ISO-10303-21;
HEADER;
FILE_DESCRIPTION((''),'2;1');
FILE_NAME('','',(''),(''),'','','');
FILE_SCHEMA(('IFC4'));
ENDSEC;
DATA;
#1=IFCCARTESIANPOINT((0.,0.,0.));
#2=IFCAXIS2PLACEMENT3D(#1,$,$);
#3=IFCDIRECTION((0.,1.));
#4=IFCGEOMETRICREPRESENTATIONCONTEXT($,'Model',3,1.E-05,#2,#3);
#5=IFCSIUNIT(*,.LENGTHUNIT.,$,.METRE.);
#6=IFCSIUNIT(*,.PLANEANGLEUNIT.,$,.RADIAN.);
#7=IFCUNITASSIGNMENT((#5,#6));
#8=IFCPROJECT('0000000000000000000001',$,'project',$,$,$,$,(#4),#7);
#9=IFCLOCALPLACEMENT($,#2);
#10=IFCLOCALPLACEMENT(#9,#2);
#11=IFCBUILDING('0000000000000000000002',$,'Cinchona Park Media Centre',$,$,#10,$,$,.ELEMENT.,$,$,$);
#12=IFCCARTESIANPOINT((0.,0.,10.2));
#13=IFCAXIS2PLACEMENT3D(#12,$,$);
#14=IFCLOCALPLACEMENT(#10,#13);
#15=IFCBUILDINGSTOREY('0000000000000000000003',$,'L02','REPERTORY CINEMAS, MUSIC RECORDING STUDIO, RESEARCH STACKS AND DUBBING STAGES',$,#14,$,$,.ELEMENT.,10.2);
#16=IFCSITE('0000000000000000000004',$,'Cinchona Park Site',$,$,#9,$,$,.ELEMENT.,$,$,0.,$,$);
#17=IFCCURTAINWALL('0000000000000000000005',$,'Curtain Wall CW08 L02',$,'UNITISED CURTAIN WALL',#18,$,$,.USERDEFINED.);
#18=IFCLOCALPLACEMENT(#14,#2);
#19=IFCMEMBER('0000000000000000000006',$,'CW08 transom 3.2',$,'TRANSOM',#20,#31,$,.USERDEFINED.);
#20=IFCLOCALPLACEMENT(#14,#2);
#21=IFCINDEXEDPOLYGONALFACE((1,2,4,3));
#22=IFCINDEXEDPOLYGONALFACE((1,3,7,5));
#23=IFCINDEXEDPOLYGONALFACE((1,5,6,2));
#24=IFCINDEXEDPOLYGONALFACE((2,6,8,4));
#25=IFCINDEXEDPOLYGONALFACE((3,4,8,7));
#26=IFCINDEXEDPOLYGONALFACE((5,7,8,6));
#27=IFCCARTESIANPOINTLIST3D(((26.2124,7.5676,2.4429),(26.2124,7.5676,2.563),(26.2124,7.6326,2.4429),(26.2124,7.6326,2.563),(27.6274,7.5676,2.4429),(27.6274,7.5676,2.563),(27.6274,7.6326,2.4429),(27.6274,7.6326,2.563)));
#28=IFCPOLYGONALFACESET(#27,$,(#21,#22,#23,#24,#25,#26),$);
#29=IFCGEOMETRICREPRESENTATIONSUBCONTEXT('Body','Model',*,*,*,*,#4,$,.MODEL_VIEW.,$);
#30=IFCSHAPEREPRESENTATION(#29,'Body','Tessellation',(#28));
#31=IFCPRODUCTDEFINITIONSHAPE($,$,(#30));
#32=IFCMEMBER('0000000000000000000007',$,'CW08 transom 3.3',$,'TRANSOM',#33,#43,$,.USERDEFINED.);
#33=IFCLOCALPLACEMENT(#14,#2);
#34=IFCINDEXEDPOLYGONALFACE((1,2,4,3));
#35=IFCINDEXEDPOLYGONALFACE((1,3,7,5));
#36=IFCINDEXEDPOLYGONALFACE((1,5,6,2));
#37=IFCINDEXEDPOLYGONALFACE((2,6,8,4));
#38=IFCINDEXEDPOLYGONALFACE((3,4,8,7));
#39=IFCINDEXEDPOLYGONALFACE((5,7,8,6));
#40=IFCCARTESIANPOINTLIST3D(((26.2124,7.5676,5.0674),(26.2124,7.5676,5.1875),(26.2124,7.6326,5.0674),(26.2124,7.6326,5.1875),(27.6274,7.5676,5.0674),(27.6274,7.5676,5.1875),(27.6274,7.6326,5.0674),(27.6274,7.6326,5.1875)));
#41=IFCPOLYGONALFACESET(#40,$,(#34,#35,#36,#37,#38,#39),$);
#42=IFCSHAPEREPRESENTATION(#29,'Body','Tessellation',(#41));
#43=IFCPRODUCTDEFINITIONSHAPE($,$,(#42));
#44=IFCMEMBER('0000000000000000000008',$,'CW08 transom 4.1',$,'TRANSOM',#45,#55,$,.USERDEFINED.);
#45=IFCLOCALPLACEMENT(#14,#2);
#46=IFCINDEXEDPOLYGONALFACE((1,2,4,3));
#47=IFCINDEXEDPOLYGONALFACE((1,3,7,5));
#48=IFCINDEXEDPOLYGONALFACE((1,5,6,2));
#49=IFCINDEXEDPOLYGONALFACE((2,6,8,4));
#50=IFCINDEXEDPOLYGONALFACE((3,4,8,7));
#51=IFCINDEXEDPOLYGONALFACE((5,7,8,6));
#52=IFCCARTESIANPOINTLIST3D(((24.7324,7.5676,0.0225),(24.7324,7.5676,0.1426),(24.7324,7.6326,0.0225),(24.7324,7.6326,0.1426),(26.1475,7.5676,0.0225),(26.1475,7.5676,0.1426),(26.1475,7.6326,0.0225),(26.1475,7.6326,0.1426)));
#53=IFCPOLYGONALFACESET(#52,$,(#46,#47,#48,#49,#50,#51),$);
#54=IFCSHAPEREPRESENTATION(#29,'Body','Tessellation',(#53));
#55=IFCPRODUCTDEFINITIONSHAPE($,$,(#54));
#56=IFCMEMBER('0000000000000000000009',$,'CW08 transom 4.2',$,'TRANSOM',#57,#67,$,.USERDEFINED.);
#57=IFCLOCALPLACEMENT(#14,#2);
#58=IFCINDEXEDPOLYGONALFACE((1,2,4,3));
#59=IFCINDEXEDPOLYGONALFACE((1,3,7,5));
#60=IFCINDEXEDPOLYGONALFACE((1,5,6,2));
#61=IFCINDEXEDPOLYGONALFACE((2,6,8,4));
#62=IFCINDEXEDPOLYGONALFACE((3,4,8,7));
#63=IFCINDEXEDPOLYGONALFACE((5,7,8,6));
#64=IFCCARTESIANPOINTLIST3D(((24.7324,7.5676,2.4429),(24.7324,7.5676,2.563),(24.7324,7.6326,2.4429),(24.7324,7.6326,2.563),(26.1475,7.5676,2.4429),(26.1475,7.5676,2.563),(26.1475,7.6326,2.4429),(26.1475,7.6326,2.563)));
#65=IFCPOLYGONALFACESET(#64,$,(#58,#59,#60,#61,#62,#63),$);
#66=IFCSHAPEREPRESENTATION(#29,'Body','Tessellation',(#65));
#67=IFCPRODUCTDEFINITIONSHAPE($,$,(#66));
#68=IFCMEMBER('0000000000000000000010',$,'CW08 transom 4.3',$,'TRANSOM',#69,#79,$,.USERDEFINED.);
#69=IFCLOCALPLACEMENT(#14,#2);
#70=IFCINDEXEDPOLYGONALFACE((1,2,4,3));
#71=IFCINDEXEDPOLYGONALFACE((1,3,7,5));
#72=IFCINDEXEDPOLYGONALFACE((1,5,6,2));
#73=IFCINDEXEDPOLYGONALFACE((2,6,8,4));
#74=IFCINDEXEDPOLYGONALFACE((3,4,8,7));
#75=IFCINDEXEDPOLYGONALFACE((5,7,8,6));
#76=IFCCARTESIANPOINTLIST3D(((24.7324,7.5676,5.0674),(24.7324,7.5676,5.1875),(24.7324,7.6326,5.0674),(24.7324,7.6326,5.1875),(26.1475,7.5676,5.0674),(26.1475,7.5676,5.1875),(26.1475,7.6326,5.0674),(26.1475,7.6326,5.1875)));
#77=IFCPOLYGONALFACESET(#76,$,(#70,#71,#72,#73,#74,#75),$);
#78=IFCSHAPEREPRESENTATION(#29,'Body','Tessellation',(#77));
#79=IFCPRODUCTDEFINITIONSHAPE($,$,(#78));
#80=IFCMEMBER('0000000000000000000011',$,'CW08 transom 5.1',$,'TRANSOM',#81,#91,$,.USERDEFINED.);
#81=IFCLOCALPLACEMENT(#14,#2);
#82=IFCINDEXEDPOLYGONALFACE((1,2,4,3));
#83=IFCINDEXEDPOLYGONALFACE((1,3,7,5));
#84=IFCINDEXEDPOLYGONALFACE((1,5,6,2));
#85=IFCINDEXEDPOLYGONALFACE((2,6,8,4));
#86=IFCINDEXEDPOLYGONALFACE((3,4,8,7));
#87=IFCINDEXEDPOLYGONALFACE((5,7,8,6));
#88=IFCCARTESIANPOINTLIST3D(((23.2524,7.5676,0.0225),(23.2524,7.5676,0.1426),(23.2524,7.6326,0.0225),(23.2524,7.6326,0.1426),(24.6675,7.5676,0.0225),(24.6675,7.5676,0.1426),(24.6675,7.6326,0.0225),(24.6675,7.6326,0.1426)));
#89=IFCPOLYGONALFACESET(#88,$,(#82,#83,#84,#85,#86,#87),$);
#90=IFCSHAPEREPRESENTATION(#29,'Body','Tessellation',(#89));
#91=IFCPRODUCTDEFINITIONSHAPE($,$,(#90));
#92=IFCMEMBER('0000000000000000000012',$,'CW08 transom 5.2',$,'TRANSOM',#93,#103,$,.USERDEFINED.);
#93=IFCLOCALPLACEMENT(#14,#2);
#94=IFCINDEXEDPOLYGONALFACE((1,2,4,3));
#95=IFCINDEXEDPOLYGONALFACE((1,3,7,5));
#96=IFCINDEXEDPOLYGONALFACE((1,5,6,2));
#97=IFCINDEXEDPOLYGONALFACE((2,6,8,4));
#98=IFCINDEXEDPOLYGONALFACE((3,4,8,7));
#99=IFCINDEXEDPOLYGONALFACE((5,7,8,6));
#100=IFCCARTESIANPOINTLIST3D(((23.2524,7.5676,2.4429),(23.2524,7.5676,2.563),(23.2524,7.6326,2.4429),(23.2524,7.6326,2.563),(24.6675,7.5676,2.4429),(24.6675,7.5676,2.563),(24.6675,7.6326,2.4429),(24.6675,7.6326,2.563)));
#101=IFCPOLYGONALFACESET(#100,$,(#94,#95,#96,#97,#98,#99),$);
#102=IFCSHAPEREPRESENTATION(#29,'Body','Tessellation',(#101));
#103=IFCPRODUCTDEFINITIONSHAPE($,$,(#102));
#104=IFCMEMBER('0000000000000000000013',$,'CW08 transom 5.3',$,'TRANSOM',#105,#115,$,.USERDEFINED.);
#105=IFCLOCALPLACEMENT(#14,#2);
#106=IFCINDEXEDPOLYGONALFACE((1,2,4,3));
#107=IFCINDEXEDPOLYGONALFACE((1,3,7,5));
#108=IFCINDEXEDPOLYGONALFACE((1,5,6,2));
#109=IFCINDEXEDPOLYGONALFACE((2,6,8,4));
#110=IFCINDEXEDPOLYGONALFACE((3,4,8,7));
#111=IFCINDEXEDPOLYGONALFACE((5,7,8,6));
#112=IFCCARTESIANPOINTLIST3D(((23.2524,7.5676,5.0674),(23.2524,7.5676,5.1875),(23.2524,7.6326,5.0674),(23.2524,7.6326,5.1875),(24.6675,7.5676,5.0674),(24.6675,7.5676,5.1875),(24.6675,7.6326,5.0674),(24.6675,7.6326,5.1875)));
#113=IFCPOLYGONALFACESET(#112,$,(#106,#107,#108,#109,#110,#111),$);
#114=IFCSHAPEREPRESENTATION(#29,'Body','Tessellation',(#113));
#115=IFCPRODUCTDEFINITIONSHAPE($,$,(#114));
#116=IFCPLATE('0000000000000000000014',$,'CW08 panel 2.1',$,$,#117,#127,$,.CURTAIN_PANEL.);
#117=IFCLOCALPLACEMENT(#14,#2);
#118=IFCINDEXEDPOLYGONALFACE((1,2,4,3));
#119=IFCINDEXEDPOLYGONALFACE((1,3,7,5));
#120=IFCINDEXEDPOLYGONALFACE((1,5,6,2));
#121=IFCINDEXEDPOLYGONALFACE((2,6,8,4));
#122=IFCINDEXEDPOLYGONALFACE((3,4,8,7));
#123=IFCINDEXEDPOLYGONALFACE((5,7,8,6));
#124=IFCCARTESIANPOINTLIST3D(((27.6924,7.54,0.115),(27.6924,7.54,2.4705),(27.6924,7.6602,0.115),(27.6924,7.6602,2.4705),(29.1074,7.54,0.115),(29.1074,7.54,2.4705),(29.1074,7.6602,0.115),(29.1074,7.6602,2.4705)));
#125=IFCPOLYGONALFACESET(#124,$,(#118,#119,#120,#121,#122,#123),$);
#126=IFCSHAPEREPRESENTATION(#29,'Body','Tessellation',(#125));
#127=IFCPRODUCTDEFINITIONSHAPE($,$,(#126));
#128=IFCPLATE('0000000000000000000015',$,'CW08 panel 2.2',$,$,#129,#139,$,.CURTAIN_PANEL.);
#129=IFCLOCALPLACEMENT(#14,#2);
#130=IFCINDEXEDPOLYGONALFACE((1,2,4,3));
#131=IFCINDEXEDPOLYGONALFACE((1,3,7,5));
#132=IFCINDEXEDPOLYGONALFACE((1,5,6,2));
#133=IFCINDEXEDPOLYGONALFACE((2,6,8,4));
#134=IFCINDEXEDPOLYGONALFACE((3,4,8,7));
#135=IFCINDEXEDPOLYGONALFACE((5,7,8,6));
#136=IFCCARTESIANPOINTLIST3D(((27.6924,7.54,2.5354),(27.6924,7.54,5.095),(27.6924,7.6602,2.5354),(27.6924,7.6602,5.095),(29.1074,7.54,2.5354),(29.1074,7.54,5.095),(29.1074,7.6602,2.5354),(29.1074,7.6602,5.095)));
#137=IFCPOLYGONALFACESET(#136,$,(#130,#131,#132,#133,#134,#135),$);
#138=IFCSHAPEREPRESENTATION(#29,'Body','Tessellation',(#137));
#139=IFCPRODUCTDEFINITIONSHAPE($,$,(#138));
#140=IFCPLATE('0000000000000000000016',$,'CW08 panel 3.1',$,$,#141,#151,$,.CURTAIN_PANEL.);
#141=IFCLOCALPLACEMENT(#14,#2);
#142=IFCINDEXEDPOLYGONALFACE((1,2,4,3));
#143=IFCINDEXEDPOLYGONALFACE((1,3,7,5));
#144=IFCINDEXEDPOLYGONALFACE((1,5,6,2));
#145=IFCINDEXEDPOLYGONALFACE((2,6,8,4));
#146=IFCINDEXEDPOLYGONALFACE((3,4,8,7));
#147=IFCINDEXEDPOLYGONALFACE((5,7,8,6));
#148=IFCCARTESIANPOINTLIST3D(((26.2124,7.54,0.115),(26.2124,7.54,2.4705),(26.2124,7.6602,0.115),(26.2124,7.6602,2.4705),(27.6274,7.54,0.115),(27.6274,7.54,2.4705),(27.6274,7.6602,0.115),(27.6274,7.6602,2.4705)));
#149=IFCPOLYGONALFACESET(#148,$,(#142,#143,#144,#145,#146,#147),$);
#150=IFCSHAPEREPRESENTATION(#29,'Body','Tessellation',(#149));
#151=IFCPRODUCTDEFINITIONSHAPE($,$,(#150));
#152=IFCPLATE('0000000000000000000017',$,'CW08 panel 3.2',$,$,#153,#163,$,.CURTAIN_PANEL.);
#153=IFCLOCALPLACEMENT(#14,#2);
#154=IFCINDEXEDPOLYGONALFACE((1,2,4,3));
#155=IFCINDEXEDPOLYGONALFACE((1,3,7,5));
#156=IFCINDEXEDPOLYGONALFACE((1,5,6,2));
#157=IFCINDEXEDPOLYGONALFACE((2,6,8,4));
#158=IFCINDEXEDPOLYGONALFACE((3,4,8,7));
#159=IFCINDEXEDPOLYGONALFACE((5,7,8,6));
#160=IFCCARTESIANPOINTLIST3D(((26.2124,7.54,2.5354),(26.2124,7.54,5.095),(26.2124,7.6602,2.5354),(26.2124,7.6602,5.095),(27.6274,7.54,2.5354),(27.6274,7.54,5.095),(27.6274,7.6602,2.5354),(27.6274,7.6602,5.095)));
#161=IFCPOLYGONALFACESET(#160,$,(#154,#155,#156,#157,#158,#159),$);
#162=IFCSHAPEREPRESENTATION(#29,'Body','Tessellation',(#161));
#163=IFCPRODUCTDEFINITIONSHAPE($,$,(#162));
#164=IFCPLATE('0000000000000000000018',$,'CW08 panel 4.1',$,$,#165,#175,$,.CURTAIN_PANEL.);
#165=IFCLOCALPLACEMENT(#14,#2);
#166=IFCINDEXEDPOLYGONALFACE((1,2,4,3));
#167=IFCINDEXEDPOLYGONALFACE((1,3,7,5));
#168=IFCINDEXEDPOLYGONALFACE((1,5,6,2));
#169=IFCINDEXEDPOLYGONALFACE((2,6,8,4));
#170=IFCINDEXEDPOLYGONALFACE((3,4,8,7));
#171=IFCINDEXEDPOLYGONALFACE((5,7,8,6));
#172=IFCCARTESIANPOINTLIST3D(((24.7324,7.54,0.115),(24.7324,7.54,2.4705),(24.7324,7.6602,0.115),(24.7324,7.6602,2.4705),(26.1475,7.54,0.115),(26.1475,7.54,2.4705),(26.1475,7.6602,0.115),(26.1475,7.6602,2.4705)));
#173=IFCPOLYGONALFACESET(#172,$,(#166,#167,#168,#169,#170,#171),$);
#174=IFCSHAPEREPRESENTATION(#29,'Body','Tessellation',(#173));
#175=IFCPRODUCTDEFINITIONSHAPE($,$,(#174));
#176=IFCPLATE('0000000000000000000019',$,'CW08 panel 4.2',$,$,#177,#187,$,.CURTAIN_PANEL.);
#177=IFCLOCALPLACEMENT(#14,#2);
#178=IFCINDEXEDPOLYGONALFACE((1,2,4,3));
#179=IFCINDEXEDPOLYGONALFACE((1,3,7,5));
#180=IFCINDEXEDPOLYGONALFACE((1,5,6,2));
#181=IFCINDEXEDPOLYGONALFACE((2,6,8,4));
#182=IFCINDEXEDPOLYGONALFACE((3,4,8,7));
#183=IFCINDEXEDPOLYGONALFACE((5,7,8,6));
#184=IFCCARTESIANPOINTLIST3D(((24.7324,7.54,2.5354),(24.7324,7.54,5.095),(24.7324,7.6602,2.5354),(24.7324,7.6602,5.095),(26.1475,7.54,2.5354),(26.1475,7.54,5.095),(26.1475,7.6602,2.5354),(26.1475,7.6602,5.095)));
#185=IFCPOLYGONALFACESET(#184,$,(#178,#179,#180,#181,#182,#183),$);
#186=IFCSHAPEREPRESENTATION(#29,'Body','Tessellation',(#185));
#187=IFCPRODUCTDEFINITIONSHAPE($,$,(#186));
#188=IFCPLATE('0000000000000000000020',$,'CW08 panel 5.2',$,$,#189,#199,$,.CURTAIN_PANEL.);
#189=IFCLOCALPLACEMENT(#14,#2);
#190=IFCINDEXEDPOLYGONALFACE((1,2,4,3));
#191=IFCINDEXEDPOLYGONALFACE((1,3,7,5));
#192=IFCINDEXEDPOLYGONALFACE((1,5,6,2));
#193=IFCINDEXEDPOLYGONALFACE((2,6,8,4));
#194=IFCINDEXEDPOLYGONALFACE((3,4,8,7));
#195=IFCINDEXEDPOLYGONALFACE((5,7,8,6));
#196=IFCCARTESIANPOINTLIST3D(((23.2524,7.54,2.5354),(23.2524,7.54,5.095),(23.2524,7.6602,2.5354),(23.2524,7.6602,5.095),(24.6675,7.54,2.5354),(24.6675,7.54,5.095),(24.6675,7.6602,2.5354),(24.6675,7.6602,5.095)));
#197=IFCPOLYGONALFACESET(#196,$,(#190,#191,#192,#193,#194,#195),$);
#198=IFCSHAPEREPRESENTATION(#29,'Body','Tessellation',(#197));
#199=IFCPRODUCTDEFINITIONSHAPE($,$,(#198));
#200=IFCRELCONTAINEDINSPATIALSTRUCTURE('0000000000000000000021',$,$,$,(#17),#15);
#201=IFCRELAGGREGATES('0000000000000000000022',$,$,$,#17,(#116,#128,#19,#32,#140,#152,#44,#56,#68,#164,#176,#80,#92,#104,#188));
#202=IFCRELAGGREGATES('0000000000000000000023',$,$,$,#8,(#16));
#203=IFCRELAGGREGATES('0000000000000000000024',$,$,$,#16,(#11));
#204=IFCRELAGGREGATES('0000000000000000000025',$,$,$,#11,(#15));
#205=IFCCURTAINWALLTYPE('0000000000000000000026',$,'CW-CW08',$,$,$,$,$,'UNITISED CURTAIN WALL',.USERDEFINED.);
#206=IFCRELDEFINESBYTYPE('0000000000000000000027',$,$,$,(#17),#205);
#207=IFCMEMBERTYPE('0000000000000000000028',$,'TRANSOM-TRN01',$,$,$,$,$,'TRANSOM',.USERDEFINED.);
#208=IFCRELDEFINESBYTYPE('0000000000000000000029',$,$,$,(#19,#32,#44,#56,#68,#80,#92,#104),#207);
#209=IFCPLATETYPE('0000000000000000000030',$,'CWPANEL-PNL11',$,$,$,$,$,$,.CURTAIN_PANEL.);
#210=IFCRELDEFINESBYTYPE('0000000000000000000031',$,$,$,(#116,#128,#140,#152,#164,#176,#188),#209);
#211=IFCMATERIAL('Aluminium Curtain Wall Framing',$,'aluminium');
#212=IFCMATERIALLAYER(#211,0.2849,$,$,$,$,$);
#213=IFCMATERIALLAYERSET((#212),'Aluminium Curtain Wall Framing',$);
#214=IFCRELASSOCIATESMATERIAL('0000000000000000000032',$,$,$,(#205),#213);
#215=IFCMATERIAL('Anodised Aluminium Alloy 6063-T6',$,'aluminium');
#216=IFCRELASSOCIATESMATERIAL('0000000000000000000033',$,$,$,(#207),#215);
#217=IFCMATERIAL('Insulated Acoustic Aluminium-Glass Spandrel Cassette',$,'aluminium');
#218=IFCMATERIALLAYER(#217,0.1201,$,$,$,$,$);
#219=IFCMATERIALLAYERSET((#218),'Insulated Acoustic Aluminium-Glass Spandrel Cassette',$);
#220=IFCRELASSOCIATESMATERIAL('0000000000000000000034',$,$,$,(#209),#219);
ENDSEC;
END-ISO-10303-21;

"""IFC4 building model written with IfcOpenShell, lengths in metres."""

from ifc_helpers import new_model, si_unit, direction, frame, origin, origin_2d, place, context, subcontext, project, spatial, rectangle, extrude, material, layer, layer_set, material_profile, profile_set, type_object, element, aggregate, save


model = new_model("IFC4")

# Units and contexts
model_context = context("Model", 3, precision=1e-05, world=origin(), true_north=direction((0.0, 1.0)))
body_context = subcontext(model_context, "Body", "Model", "MODEL_VIEW")
ifc_project = project(units=[si_unit("LENGTHUNIT", "METRE"), si_unit("PLANEANGLEUNIT", "RADIAN")], contexts=[model_context])

# Site, building, storey
site_placement = place(None, origin())
site = spatial("IfcSite", under=ifc_project, at=site_placement, Name="Cinchona Park Site", CompositionType="ELEMENT", RefElevation=0.0)
building_placement = place(site_placement, origin())
building = spatial("IfcBuilding", under=site, at=building_placement, Name="Cinchona Park Media Centre", CompositionType="ELEMENT")
storey_placement = place(building_placement, frame((0.0, 0.0, 10.2)))
storey = spatial("IfcBuildingStorey", under=building, at=storey_placement, Name="L02", Description="REPERTORY CINEMAS, MUSIC RECORDING STUDIO, RESEARCH STACKS AND DUBBING STAGES", CompositionType="ELEMENT", Elevation=10.2)

# Curtain wall, members, plates
ifc_material_1 = material(Name="Aluminium Curtain Wall Framing", Category="aluminium")
ifc_layer_1 = layer(ifc_material_1, 0.2849)
ifc_layer_set_1 = layer_set([ifc_layer_1], Name="Aluminium Curtain Wall Framing")
curtain_wall_type = type_object("IfcCurtainWallType", Name="CW-CW08", ElementType="UNITISED CURTAIN WALL", PredefinedType="USERDEFINED", material=ifc_layer_set_1)
curtain_wall_placement = place(storey_placement, origin())
curtain_wall = element("IfcCurtainWall", 1, at=curtain_wall_placement, inside=storey, type_object=curtain_wall_type, Name="Curtain Wall CW08 L02", ObjectType="UNITISED CURTAIN WALL", PredefinedType="USERDEFINED")
ifc_material_2 = material(Name="Anodised Aluminium Alloy 6063-T6", Category="aluminium")
ifc_material_profile_1 = material_profile(ifc_material_2, rectangle(XDim=0.0649, YDim=0.1201, at=origin_2d()), Name="TRN-65X120")
ifc_profile_set_1 = profile_set([ifc_material_profile_1], Name="Anodised Aluminium Alloy 6063-T6")
member_type_1 = type_object("IfcMemberType", Name="TRANSOM-TRN01", ElementType="TRANSOM", PredefinedType="USERDEFINED", material=ifc_profile_set_1)
member_1_placement = place(storey_placement, frame((27.6274, 7.6001, 2.5029), z_axis=(-1.0, 0.0, 0.0), x_axis=(0.0, -1.0, 0.0)))
member_1 = element("IfcMember", 2, at=member_1_placement, type_object=member_type_1, Name="CW08 transom 3.2", ObjectType="TRANSOM", PredefinedType="USERDEFINED", context=body_context, shape_type="SweptSolid", body=[
    extrude(rectangle(XDim=0.0649, YDim=0.1201, at=origin_2d()), origin(), (0.0, 0.0, 1.0), 1.415),
])
member_2_placement = place(storey_placement, frame((27.6274, 7.6001, 5.1274), z_axis=(-1.0, 0.0, 0.0), x_axis=(0.0, -1.0, 0.0)))
member_2 = element("IfcMember", 3, at=member_2_placement, type_object=member_type_1, Name="CW08 transom 3.3", ObjectType="TRANSOM", PredefinedType="USERDEFINED", context=body_context, shape_type="SweptSolid", body=[
    extrude(rectangle(XDim=0.0649, YDim=0.1201, at=origin_2d()), origin(), (0.0, 0.0, 1.0), 1.415),
])
member_3_placement = place(storey_placement, frame((26.1475, 7.6001, 0.0825), z_axis=(-1.0, 0.0, 0.0), x_axis=(0.0, -1.0, 0.0)))
member_3 = element("IfcMember", 4, at=member_3_placement, type_object=member_type_1, Name="CW08 transom 4.1", ObjectType="TRANSOM", PredefinedType="USERDEFINED", context=body_context, shape_type="SweptSolid", body=[
    extrude(rectangle(XDim=0.0649, YDim=0.1201, at=origin_2d()), origin(), (0.0, 0.0, 1.0), 1.415),
])
member_4_placement = place(storey_placement, frame((26.1475, 7.6001, 2.5029), z_axis=(-1.0, 0.0, 0.0), x_axis=(0.0, -1.0, 0.0)))
member_4 = element("IfcMember", 5, at=member_4_placement, type_object=member_type_1, Name="CW08 transom 4.2", ObjectType="TRANSOM", PredefinedType="USERDEFINED", context=body_context, shape_type="SweptSolid", body=[
    extrude(rectangle(XDim=0.0649, YDim=0.1201, at=origin_2d()), origin(), (0.0, 0.0, 1.0), 1.415),
])
member_5_placement = place(storey_placement, frame((26.1475, 7.6001, 5.1274), z_axis=(-1.0, 0.0, 0.0), x_axis=(0.0, -1.0, 0.0)))
member_5 = element("IfcMember", 6, at=member_5_placement, type_object=member_type_1, Name="CW08 transom 4.3", ObjectType="TRANSOM", PredefinedType="USERDEFINED", context=body_context, shape_type="SweptSolid", body=[
    extrude(rectangle(XDim=0.0649, YDim=0.1201, at=origin_2d()), origin(), (0.0, 0.0, 1.0), 1.415),
])
member_6_placement = place(storey_placement, frame((24.6675, 7.6001, 0.0825), z_axis=(-1.0, 0.0, 0.0), x_axis=(0.0, -1.0, 0.0)))
member_6 = element("IfcMember", 7, at=member_6_placement, type_object=member_type_1, Name="CW08 transom 5.1", ObjectType="TRANSOM", PredefinedType="USERDEFINED", context=body_context, shape_type="SweptSolid", body=[
    extrude(rectangle(XDim=0.0649, YDim=0.1201, at=origin_2d()), origin(), (0.0, 0.0, 1.0), 1.415),
])
member_7_placement = place(storey_placement, frame((24.6675, 7.6001, 2.5029), z_axis=(-1.0, 0.0, 0.0), x_axis=(0.0, -1.0, 0.0)))
member_7 = element("IfcMember", 8, at=member_7_placement, type_object=member_type_1, Name="CW08 transom 5.2", ObjectType="TRANSOM", PredefinedType="USERDEFINED", context=body_context, shape_type="SweptSolid", body=[
    extrude(rectangle(XDim=0.0649, YDim=0.1201, at=origin_2d()), origin(), (0.0, 0.0, 1.0), 1.415),
])
member_8_placement = place(storey_placement, frame((24.6675, 7.6001, 5.1274), z_axis=(-1.0, 0.0, 0.0), x_axis=(0.0, -1.0, 0.0)))
member_8 = element("IfcMember", 9, at=member_8_placement, type_object=member_type_1, Name="CW08 transom 5.3", ObjectType="TRANSOM", PredefinedType="USERDEFINED", context=body_context, shape_type="SweptSolid", body=[
    extrude(rectangle(XDim=0.0649, YDim=0.1201, at=origin_2d()), origin(), (0.0, 0.0, 1.0), 1.415),
])
ifc_material_3 = material(Name="Insulated Acoustic Aluminium-Glass Spandrel Cassette", Category="aluminium")
ifc_layer_2 = layer(ifc_material_3, 0.1201)
ifc_layer_set_2 = layer_set([ifc_layer_2], Name="Insulated Acoustic Aluminium-Glass Spandrel Cassette")
plate_type_1 = type_object("IfcPlateType", Name="CWPANEL-PNL11", PredefinedType="CURTAIN_PANEL", material=ifc_layer_set_2)
plate_1_placement = place(storey_placement, frame((28.3999, 7.6001, 0.115), z_axis=(0.0, 0.0, 1.0), x_axis=(-1.0, 0.0, 0.0)))
plate_1 = element("IfcPlate", 10, at=plate_1_placement, type_object=plate_type_1, Name="CW08 panel 2.1", PredefinedType="CURTAIN_PANEL", context=body_context, shape_type="SweptSolid", body=[
    extrude(rectangle(XDim=1.415, YDim=0.1201, at=origin_2d()), origin(), (0.0, 0.0, 1.0), 2.3555),
])
plate_2_placement = place(storey_placement, frame((28.3999, 7.6001, 2.5354), z_axis=(0.0, 0.0, 1.0), x_axis=(-1.0, 0.0, 0.0)))
plate_2 = element("IfcPlate", 11, at=plate_2_placement, type_object=plate_type_1, Name="CW08 panel 2.2", PredefinedType="CURTAIN_PANEL", context=body_context, shape_type="SweptSolid", body=[
    extrude(rectangle(XDim=1.415, YDim=0.1201, at=origin_2d()), origin(), (0.0, 0.0, 1.0), 2.5596),
])
plate_3_placement = place(storey_placement, frame((26.9199, 7.6001, 0.115), z_axis=(0.0, 0.0, 1.0), x_axis=(-1.0, 0.0, 0.0)))
plate_3 = element("IfcPlate", 12, at=plate_3_placement, type_object=plate_type_1, Name="CW08 panel 3.1", PredefinedType="CURTAIN_PANEL", context=body_context, shape_type="SweptSolid", body=[
    extrude(rectangle(XDim=1.415, YDim=0.1201, at=origin_2d()), origin(), (0.0, 0.0, 1.0), 2.3555),
])
plate_4_placement = place(storey_placement, frame((26.9199, 7.6001, 2.5354), z_axis=(0.0, 0.0, 1.0), x_axis=(-1.0, 0.0, 0.0)))
plate_4 = element("IfcPlate", 13, at=plate_4_placement, type_object=plate_type_1, Name="CW08 panel 3.2", PredefinedType="CURTAIN_PANEL", context=body_context, shape_type="SweptSolid", body=[
    extrude(rectangle(XDim=1.415, YDim=0.1201, at=origin_2d()), origin(), (0.0, 0.0, 1.0), 2.5596),
])
plate_5_placement = place(storey_placement, frame((25.4399, 7.6001, 0.115), z_axis=(0.0, 0.0, 1.0), x_axis=(-1.0, 0.0, 0.0)))
plate_5 = element("IfcPlate", 14, at=plate_5_placement, type_object=plate_type_1, Name="CW08 panel 4.1", PredefinedType="CURTAIN_PANEL", context=body_context, shape_type="SweptSolid", body=[
    extrude(rectangle(XDim=1.415, YDim=0.1201, at=origin_2d()), origin(), (0.0, 0.0, 1.0), 2.3555),
])
plate_6_placement = place(storey_placement, frame((25.4399, 7.6001, 2.5354), z_axis=(0.0, 0.0, 1.0), x_axis=(-1.0, 0.0, 0.0)))
plate_6 = element("IfcPlate", 15, at=plate_6_placement, type_object=plate_type_1, Name="CW08 panel 4.2", PredefinedType="CURTAIN_PANEL", context=body_context, shape_type="SweptSolid", body=[
    extrude(rectangle(XDim=1.415, YDim=0.1201, at=origin_2d()), origin(), (0.0, 0.0, 1.0), 2.5596),
])
plate_7_placement = place(storey_placement, frame((23.96, 7.6001, 2.5354), z_axis=(0.0, 0.0, 1.0), x_axis=(-1.0, 0.0, 0.0)))
plate_7 = element("IfcPlate", 16, at=plate_7_placement, type_object=plate_type_1, Name="CW08 panel 5.2", PredefinedType="CURTAIN_PANEL", context=body_context, shape_type="SweptSolid", body=[
    extrude(rectangle(XDim=1.415, YDim=0.1201, at=origin_2d()), origin(), (0.0, 0.0, 1.0), 2.5596),
])
aggregate(curtain_wall, [plate_1, plate_2, member_1, member_2, plate_3, plate_4, member_3, member_4, member_5, plate_5, plate_6, member_6, member_7, member_8, plate_7])

save(model, "model.ifc")
